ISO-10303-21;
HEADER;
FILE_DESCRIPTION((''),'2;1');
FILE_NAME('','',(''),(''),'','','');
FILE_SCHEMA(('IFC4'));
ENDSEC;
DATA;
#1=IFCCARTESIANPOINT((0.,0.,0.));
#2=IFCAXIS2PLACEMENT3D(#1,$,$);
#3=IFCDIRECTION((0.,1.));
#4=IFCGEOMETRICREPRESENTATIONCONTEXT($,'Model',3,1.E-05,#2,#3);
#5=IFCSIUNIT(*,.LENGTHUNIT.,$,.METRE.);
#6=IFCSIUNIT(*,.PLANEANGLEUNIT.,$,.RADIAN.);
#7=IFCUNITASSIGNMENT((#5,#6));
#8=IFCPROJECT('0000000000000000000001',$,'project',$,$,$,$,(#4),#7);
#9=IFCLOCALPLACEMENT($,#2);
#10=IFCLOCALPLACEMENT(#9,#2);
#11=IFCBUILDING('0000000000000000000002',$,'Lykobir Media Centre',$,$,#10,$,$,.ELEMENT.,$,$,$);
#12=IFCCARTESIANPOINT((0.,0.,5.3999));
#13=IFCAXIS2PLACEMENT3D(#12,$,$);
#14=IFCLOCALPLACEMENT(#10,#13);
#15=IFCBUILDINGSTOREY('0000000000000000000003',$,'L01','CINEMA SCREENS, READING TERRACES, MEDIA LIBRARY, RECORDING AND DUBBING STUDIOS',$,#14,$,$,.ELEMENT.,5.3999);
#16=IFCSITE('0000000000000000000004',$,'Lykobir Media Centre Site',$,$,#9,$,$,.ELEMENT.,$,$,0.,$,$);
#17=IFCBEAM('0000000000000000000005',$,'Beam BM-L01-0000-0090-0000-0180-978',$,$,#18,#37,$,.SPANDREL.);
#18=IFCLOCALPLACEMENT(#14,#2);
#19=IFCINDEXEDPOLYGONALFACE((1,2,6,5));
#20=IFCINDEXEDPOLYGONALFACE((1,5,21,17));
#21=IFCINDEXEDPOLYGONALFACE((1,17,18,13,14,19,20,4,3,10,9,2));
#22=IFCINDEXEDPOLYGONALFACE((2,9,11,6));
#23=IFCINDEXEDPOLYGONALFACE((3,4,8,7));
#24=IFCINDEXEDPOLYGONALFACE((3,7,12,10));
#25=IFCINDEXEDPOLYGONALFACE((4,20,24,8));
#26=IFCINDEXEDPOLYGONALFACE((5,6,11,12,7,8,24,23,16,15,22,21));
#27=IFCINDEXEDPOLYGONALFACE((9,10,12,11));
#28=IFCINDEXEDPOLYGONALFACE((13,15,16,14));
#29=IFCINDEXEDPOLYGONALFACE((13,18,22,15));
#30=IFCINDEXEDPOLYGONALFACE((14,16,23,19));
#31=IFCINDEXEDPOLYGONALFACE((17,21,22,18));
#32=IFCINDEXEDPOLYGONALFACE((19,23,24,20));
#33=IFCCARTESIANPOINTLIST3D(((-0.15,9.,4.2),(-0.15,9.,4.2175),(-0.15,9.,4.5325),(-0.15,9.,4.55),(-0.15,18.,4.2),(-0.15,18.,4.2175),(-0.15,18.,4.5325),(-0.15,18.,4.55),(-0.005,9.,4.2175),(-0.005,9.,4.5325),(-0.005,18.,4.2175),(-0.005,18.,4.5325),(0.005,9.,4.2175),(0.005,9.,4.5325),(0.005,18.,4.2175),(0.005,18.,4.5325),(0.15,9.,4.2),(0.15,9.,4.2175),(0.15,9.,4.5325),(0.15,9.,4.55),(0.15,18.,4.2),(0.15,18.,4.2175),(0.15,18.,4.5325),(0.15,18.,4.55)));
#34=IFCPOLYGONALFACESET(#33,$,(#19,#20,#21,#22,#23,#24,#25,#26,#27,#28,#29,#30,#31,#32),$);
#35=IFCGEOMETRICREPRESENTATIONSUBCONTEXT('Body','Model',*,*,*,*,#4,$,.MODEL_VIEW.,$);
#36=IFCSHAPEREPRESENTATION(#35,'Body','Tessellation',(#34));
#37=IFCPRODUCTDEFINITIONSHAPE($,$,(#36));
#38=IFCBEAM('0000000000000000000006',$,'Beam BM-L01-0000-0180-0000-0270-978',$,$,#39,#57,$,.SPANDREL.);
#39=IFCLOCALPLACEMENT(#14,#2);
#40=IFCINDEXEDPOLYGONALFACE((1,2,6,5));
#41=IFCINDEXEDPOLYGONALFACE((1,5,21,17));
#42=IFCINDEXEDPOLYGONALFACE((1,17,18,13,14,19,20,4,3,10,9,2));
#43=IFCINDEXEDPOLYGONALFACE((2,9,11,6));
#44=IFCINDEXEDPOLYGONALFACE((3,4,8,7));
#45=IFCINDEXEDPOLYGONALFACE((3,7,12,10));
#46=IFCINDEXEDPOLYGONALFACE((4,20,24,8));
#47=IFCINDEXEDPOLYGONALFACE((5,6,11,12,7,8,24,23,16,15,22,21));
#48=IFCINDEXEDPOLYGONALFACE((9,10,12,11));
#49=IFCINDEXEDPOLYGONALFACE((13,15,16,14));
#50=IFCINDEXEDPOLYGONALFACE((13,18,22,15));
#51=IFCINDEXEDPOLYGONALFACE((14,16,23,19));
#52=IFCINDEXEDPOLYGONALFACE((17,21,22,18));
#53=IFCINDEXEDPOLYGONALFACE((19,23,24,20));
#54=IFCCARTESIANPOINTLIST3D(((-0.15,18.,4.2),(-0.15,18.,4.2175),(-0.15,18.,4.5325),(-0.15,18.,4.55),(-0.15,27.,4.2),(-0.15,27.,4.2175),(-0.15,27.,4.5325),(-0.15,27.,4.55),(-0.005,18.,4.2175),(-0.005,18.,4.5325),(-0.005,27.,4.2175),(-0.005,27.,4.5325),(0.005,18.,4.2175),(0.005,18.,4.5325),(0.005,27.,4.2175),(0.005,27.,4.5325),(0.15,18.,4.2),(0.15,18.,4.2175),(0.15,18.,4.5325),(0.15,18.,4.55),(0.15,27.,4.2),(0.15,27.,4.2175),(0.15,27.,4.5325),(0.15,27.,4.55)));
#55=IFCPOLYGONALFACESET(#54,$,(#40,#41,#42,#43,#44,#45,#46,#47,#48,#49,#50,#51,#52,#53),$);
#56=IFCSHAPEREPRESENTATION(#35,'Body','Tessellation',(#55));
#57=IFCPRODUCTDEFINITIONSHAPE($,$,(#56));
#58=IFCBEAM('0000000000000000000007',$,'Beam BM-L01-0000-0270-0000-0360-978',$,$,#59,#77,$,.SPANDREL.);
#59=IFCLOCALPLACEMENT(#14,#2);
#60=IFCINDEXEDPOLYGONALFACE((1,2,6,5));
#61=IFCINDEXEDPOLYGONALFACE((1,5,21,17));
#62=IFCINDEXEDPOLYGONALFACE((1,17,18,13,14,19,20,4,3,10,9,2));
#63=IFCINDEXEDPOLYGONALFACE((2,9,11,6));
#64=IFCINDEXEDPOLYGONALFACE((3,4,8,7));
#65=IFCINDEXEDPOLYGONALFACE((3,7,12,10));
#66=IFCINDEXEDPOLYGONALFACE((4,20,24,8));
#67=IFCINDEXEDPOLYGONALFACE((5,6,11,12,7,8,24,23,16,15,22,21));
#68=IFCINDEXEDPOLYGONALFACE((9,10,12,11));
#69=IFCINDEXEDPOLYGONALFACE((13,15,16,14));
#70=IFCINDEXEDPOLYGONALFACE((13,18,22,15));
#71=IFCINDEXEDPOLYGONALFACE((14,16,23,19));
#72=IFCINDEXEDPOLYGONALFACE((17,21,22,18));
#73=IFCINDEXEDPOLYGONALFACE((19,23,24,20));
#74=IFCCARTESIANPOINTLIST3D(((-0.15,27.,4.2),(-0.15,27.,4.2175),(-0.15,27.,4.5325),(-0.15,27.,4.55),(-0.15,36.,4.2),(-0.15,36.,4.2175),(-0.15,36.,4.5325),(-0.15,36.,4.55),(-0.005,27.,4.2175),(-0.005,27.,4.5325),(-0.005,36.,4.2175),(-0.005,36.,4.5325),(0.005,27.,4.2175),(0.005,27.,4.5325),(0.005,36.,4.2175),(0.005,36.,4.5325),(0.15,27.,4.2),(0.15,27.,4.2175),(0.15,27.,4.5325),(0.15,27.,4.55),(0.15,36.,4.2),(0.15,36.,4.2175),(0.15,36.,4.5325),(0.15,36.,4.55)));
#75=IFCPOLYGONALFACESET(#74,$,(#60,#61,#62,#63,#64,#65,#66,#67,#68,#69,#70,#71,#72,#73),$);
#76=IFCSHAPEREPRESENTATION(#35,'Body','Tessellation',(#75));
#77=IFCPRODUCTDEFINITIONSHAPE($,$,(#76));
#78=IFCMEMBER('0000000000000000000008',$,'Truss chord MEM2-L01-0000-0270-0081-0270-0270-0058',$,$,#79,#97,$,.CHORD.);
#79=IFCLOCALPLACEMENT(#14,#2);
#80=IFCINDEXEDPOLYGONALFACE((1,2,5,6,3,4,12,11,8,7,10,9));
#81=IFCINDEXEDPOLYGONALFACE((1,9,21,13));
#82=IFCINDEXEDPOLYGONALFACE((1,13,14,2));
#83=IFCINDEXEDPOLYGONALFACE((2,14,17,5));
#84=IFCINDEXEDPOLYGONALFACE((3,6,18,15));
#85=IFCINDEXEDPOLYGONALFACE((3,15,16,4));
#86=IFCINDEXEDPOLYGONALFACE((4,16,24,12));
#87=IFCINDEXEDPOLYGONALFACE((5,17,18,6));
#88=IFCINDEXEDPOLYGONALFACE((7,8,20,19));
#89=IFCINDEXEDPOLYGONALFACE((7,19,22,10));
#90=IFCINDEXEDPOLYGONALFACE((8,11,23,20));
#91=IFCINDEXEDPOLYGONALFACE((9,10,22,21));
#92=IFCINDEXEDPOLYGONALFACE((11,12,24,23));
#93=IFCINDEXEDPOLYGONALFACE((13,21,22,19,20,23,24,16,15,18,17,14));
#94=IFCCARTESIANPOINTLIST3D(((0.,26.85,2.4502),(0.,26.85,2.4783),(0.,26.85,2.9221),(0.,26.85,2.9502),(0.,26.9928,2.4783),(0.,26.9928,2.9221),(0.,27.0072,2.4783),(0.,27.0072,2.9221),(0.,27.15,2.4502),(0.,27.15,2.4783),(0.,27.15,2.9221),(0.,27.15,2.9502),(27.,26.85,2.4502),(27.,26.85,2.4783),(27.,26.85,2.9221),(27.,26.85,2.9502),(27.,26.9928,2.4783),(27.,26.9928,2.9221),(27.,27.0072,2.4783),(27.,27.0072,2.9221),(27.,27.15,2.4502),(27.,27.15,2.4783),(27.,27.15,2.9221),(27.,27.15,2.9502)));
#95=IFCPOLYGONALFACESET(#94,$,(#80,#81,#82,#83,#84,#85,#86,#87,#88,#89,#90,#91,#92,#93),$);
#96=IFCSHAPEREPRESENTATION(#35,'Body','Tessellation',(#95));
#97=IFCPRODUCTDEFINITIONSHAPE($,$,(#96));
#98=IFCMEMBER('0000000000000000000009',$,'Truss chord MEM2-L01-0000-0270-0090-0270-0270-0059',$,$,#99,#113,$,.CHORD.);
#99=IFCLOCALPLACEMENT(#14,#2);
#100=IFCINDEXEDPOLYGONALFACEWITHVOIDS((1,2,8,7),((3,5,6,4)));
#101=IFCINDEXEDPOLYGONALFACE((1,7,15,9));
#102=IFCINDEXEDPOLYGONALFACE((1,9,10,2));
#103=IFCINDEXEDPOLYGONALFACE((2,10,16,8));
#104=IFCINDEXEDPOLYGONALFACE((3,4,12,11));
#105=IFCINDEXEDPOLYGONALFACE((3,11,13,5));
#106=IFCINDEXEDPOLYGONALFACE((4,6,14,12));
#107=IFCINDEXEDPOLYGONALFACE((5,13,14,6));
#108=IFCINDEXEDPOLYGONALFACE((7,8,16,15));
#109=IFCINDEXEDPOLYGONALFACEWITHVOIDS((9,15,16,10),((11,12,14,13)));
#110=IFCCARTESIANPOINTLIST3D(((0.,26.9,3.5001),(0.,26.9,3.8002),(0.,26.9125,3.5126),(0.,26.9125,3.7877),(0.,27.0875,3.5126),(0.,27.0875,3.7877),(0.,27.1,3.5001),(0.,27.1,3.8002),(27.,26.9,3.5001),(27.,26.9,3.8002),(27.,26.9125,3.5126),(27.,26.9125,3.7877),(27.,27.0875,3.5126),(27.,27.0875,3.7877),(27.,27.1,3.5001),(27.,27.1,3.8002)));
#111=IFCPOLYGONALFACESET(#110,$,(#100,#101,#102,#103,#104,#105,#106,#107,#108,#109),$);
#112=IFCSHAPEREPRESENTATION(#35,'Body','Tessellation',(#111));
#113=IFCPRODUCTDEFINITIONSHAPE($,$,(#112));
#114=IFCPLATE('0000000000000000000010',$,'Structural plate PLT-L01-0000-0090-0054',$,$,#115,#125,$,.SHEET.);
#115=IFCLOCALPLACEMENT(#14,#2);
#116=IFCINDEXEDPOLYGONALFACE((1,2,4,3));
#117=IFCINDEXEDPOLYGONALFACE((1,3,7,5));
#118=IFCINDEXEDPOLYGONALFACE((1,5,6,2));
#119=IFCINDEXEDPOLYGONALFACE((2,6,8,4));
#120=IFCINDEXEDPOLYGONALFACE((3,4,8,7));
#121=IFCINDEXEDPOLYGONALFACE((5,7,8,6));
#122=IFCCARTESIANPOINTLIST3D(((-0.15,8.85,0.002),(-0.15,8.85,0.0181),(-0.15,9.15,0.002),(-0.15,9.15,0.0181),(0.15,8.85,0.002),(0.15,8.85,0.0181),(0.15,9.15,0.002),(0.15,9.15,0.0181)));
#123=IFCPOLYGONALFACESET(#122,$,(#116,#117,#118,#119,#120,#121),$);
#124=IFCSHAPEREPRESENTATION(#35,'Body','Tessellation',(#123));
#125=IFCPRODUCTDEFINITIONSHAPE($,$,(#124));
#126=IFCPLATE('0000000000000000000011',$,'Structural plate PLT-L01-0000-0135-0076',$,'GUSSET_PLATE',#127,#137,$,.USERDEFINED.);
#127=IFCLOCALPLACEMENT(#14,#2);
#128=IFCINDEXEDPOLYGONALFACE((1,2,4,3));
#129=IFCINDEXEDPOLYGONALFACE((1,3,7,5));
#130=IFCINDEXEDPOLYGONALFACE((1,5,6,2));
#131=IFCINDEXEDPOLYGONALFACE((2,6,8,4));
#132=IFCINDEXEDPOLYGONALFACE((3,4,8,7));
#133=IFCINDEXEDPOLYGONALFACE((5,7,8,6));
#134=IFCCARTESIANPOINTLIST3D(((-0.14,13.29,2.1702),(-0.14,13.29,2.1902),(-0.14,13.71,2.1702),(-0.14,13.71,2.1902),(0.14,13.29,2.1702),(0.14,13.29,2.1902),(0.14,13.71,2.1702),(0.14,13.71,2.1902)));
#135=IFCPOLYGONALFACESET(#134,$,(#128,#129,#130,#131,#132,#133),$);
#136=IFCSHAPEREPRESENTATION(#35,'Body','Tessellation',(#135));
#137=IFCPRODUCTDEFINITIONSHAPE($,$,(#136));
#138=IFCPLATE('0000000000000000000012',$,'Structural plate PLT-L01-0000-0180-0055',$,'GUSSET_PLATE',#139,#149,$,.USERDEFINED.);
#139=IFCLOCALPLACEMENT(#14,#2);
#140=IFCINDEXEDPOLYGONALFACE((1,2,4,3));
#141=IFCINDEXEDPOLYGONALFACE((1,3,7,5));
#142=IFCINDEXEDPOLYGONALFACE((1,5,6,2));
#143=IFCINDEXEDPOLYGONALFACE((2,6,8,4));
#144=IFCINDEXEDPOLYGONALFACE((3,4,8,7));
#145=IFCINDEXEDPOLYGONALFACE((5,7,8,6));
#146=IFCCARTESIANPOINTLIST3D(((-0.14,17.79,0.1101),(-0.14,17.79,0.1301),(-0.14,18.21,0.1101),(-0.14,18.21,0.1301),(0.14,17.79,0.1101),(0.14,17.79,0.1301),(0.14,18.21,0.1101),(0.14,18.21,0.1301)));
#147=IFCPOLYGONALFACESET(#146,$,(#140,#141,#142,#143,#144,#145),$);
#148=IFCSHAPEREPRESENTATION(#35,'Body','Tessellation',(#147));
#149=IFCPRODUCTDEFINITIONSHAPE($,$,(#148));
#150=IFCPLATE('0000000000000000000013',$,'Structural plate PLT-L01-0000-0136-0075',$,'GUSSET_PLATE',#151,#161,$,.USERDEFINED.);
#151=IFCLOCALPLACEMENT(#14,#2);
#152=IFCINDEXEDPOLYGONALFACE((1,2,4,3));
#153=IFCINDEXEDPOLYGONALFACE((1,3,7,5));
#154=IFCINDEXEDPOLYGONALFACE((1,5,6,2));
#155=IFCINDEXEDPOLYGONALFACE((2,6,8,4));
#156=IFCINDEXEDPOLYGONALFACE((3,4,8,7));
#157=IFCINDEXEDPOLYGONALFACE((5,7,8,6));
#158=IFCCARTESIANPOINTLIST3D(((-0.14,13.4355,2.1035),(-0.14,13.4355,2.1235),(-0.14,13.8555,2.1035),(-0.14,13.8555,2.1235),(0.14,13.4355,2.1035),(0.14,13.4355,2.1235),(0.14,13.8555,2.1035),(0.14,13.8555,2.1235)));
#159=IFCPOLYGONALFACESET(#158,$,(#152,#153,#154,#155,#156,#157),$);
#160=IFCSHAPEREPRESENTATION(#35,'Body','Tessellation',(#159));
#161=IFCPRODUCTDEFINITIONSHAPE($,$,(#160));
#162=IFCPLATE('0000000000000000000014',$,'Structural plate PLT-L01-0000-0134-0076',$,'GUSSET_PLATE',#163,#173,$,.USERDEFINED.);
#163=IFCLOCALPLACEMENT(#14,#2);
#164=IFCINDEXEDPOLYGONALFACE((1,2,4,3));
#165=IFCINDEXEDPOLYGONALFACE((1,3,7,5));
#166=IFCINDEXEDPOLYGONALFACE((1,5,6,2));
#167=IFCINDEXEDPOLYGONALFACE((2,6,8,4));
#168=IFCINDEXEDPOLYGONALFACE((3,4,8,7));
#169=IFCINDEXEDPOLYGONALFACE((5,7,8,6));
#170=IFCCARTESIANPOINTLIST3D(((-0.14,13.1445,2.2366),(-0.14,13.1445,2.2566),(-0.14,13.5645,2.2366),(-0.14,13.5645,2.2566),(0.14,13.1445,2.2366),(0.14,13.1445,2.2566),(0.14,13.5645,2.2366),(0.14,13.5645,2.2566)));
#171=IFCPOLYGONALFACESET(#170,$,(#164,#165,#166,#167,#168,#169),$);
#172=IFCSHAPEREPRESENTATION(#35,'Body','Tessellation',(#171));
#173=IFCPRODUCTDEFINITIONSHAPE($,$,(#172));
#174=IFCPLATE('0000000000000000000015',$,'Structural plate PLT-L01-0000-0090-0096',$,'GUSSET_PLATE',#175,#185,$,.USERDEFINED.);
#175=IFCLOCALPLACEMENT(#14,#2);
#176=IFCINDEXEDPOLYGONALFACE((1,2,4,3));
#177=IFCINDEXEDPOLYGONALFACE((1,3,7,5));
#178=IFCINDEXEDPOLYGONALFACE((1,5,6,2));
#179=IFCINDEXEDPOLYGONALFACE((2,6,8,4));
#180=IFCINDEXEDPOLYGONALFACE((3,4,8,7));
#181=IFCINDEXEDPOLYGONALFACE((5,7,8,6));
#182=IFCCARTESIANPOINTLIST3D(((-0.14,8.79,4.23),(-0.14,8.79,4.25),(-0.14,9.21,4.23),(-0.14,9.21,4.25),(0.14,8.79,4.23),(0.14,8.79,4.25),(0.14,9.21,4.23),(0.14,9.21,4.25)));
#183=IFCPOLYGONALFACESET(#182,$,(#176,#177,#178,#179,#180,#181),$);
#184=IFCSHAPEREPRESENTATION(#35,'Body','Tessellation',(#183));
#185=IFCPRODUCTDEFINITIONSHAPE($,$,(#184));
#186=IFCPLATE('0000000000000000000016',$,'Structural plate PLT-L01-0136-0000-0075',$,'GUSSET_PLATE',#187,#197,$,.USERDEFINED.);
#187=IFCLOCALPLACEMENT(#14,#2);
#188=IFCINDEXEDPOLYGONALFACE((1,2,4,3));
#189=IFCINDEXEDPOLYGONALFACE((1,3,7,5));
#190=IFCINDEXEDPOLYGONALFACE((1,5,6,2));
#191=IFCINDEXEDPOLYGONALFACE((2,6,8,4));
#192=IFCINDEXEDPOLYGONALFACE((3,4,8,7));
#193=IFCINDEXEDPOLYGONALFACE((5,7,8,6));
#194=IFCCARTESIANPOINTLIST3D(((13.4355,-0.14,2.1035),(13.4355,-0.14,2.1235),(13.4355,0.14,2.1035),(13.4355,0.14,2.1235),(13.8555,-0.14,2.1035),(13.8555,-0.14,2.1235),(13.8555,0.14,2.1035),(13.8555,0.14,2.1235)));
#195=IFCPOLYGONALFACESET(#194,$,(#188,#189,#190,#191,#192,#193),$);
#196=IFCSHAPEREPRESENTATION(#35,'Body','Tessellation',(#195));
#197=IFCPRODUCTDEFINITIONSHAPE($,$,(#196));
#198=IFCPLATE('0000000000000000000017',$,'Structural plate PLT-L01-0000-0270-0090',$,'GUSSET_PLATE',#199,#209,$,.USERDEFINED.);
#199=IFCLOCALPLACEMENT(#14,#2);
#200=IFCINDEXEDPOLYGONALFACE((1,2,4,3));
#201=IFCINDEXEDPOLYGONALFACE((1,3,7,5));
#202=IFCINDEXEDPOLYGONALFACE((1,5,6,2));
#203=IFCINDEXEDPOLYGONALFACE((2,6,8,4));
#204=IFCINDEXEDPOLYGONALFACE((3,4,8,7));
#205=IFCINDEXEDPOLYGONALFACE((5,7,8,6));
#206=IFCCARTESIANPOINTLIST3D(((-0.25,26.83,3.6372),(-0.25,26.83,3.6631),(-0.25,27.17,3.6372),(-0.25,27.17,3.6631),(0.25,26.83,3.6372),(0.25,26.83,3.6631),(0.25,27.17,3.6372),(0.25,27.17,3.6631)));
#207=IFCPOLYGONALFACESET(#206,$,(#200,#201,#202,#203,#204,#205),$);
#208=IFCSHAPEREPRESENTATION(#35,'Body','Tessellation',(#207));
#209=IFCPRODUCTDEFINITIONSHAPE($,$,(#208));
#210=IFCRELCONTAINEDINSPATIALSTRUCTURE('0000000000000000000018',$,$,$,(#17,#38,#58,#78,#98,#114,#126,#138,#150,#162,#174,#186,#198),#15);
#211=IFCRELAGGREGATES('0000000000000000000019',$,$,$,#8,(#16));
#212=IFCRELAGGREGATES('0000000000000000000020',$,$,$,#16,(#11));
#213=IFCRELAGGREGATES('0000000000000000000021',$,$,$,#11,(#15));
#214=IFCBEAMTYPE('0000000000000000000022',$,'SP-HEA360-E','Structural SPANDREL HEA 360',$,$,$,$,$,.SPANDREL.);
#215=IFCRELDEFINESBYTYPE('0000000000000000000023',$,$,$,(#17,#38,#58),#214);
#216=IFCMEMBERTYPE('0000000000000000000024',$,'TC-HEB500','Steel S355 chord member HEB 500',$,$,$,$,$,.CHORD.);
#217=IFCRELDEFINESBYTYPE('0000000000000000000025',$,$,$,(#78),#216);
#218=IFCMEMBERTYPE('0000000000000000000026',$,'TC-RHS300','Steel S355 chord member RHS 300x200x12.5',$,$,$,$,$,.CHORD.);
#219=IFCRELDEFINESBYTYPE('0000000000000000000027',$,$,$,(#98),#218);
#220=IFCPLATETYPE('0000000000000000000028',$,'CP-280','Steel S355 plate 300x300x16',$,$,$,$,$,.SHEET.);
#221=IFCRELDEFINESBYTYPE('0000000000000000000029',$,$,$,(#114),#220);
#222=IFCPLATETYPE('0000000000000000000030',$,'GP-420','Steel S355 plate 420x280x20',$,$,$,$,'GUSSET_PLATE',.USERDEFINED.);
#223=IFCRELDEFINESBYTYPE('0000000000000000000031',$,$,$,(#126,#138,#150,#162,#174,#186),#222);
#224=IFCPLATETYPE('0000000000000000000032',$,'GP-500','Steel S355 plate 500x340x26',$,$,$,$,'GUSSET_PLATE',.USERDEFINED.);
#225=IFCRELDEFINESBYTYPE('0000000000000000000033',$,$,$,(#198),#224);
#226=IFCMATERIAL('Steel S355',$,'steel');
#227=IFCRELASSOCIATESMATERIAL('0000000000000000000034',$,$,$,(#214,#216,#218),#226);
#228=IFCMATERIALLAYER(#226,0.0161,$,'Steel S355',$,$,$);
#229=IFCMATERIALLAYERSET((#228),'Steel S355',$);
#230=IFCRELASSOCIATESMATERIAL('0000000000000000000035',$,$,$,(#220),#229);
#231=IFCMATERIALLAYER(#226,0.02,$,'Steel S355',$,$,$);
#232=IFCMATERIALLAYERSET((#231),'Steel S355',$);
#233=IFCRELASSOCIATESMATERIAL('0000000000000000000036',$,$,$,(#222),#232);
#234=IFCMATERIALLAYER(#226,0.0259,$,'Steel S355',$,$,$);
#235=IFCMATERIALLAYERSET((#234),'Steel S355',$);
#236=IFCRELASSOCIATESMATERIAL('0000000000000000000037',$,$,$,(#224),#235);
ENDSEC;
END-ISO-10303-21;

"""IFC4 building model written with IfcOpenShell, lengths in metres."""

from ifc_helpers import new_model, si_unit, direction, frame, origin, origin_2d, place, context, subcontext, project, spatial, rectangle, hollow_rectangle, i_section, extrude, material, layer, layer_set, material_profile, profile_set, type_object, element, save


model = new_model("IFC4")

# Units and contexts
model_context = context("Model", 3, precision=1e-05, world=origin(), true_north=direction((0.0, 1.0)))
body_context = subcontext(model_context, "Body", "Model", "MODEL_VIEW")
ifc_project = project(units=[si_unit("LENGTHUNIT", "METRE"), si_unit("PLANEANGLEUNIT", "RADIAN")], contexts=[model_context])

# Site, building, storey
site_placement = place(None, origin())
site = spatial("IfcSite", under=ifc_project, at=site_placement, Name="Lykobir Media Centre Site", CompositionType="ELEMENT", RefElevation=0.0)
building_placement = place(site_placement, origin())
building = spatial("IfcBuilding", under=site, at=building_placement, Name="Lykobir Media Centre", CompositionType="ELEMENT")
storey_placement = place(building_placement, frame((0.0, 0.0, 5.3999)))
storey = spatial("IfcBuildingStorey", under=building, at=storey_placement, Name="L01", Description="CINEMA SCREENS, READING TERRACES, MEDIA LIBRARY, RECORDING AND DUBBING STUDIOS", CompositionType="ELEMENT", Elevation=5.3999)

# Shared definitions
ifc_material_1 = material(Name="Steel S355", Category="steel")

# Beams
ifc_material_profile_1 = material_profile(ifc_material_1, i_section(OverallWidth=0.3, OverallDepth=0.3501, WebThickness=0.01, FlangeThickness=0.0176, at=origin_2d()), Name="HEA 360")
ifc_profile_set_1 = profile_set([ifc_material_profile_1], Name="Steel S355")
beam_type_1 = type_object("IfcBeamType", Name="SP-HEA360-E", Description="Structural SPANDREL HEA 360", PredefinedType="SPANDREL", material=ifc_profile_set_1)
for number, where, z_axis, x_axis, name in (
    (1, (0.0, 9.0, 4.375), (0.0, 1.0, 0.0), (-1.0, 0.0, 0.0), "Beam BM-L01-0000-0090-0000-0180-978"),
    (2, (0.0, 18.0, 4.375), (0.0, 1.0, 0.0), (-1.0, 0.0, 0.0), "Beam BM-L01-0000-0180-0000-0270-978"),
    (3, (0.0, 27.0, 4.375), (0.0, 1.0, 0.0), (-1.0, 0.0, 0.0), "Beam BM-L01-0000-0270-0000-0360-978"),
):
    element("IfcBeam", number, at=place(storey_placement, frame(where, z_axis=z_axis, x_axis=x_axis)), inside=storey, type_object=beam_type_1, Name=name, PredefinedType="SPANDREL", context=body_context, shape_type="SweptSolid", body=[
        extrude(i_section(OverallWidth=0.3, OverallDepth=0.3501, WebThickness=0.01, FlangeThickness=0.0176, at=origin_2d()), origin(), (0.0, 0.0, 1.0), 9.0),
    ])

# Members
ifc_material_profile_2 = material_profile(ifc_material_1, i_section(OverallWidth=0.3, OverallDepth=0.5, WebThickness=0.0144, FlangeThickness=0.0281, at=origin_2d()), Name="HEB 500")
ifc_profile_set_2 = profile_set([ifc_material_profile_2], Name="Steel S355")
member_type_1 = type_object("IfcMemberType", Name="TC-HEB500", Description="Steel S355 chord member HEB 500", PredefinedType="CHORD", material=ifc_profile_set_2)
member_1_placement = place(storey_placement, frame((0.0, 27.0, 2.7002), z_axis=(1.0, 0.0, 0.0), x_axis=(0.0, 1.0, 0.0)))
element("IfcMember", 4, at=member_1_placement, inside=storey, type_object=member_type_1, Name="Truss chord MEM2-L01-0000-0270-0081-0270-0270-0058", PredefinedType="CHORD", context=body_context, shape_type="SweptSolid", body=[
    extrude(i_section(OverallWidth=0.3, OverallDepth=0.5, WebThickness=0.0144, FlangeThickness=0.0281, at=origin_2d()), origin(), (0.0, 0.0, 1.0), 27.0),
])
ifc_material_profile_3 = material_profile(ifc_material_1, hollow_rectangle(XDim=0.2, YDim=0.3, WallThickness=0.0125, at=origin_2d()), Name="RHS 300x200x12.5")
ifc_profile_set_3 = profile_set([ifc_material_profile_3], Name="Steel S355")
member_type_2 = type_object("IfcMemberType", Name="TC-RHS300", Description="Steel S355 chord member RHS 300x200x12.5", PredefinedType="CHORD", material=ifc_profile_set_3)
member_2_placement = place(storey_placement, frame((0.0, 27.0, 3.6501), z_axis=(1.0, 0.0, 0.0), x_axis=(0.0, 1.0, 0.0)))
element("IfcMember", 5, at=member_2_placement, inside=storey, type_object=member_type_2, Name="Truss chord MEM2-L01-0000-0270-0090-0270-0270-0059", PredefinedType="CHORD", context=body_context, shape_type="SweptSolid", body=[
    extrude(hollow_rectangle(XDim=0.2, YDim=0.3, WallThickness=0.0125, at=origin_2d()), origin(), (0.0, 0.0, 1.0), 27.0),
])

# Plates
ifc_layer_1 = layer(ifc_material_1, 0.0161, Name="Steel S355")
ifc_layer_set_1 = layer_set([ifc_layer_1], Name="Steel S355")
plate_type_1 = type_object("IfcPlateType", Name="CP-280", Description="Steel S355 plate 300x300x16", PredefinedType="SHEET", material=ifc_layer_set_1)
plate_1_placement = place(storey_placement, frame((0.0, 9.0, 0.002), z_axis=(0.0, 0.0, 1.0), x_axis=(0.0, 1.0, 0.0)))
element("IfcPlate", 6, at=plate_1_placement, inside=storey, type_object=plate_type_1, Name="Structural plate PLT-L01-0000-0090-0054", PredefinedType="SHEET", context=body_context, shape_type="SweptSolid", body=[
    extrude(rectangle(XDim=0.3, YDim=0.3, at=origin_2d()), origin(), (0.0, 0.0, 1.0), 0.0161),
])
ifc_layer_2 = layer(ifc_material_1, 0.02, Name="Steel S355")
ifc_layer_set_2 = layer_set([ifc_layer_2], Name="Steel S355")
plate_type_2 = type_object("IfcPlateType", Name="GP-420", Description="Steel S355 plate 420x280x20", ElementType="GUSSET_PLATE", PredefinedType="USERDEFINED", material=ifc_layer_set_2)
for number, where, z_axis, x_axis, name in (
    (7, (0.0, 13.5, 2.1702), (0.0, 0.0, 1.0), (0.0, 1.0, 0.0), "Structural plate PLT-L01-0000-0135-0076"),
    (8, (0.0, 18.0, 0.1101), (0.0, 0.0, 1.0), (0.0, 1.0, 0.0), "Structural plate PLT-L01-0000-0180-0055"),
    (9, (0.0, 13.6455, 2.1035), (0.0, 0.0, 1.0), (0.0, 1.0, 0.0), "Structural plate PLT-L01-0000-0136-0075"),
    (10, (0.0, 13.3545, 2.2366), (0.0, 0.0, 1.0), (0.0, 1.0, 0.0), "Structural plate PLT-L01-0000-0134-0076"),
    (11, (0.0, 9.0, 4.23), (0.0, 0.0, 1.0), (0.0, 1.0, 0.0), "Structural plate PLT-L01-0000-0090-0096"),
    (12, (13.6455, 0.0, 2.1035), (0.0, 0.0, 1.0), (1.0, 0.0, 0.0), "Structural plate PLT-L01-0136-0000-0075"),
):
    element("IfcPlate", number, at=place(storey_placement, frame(where, z_axis=z_axis, x_axis=x_axis)), inside=storey, type_object=plate_type_2, Name=name, ObjectType="GUSSET_PLATE", PredefinedType="USERDEFINED", context=body_context, shape_type="SweptSolid", body=[
        extrude(rectangle(XDim=0.4199, YDim=0.28, at=origin_2d()), origin(), (0.0, 0.0, 1.0), 0.02),
    ])
ifc_layer_3 = layer(ifc_material_1, 0.0259, Name="Steel S355")
ifc_layer_set_3 = layer_set([ifc_layer_3], Name="Steel S355")
plate_type_3 = type_object("IfcPlateType", Name="GP-500", Description="Steel S355 plate 500x340x26", ElementType="GUSSET_PLATE", PredefinedType="USERDEFINED", material=ifc_layer_set_3)
plate_2_placement = place(storey_placement, frame((0.0, 27.0, 3.6372), z_axis=(0.0, 0.0, 1.0), x_axis=(1.0, 0.0, 0.0)))
element("IfcPlate", 13, at=plate_2_placement, inside=storey, type_object=plate_type_3, Name="Structural plate PLT-L01-0000-0270-0090", ObjectType="GUSSET_PLATE", PredefinedType="USERDEFINED", context=body_context, shape_type="SweptSolid", body=[
    extrude(rectangle(XDim=0.5, YDim=0.3401, at=origin_2d()), origin(), (0.0, 0.0, 1.0), 0.0259),
])

save(model, "model.ifc")
